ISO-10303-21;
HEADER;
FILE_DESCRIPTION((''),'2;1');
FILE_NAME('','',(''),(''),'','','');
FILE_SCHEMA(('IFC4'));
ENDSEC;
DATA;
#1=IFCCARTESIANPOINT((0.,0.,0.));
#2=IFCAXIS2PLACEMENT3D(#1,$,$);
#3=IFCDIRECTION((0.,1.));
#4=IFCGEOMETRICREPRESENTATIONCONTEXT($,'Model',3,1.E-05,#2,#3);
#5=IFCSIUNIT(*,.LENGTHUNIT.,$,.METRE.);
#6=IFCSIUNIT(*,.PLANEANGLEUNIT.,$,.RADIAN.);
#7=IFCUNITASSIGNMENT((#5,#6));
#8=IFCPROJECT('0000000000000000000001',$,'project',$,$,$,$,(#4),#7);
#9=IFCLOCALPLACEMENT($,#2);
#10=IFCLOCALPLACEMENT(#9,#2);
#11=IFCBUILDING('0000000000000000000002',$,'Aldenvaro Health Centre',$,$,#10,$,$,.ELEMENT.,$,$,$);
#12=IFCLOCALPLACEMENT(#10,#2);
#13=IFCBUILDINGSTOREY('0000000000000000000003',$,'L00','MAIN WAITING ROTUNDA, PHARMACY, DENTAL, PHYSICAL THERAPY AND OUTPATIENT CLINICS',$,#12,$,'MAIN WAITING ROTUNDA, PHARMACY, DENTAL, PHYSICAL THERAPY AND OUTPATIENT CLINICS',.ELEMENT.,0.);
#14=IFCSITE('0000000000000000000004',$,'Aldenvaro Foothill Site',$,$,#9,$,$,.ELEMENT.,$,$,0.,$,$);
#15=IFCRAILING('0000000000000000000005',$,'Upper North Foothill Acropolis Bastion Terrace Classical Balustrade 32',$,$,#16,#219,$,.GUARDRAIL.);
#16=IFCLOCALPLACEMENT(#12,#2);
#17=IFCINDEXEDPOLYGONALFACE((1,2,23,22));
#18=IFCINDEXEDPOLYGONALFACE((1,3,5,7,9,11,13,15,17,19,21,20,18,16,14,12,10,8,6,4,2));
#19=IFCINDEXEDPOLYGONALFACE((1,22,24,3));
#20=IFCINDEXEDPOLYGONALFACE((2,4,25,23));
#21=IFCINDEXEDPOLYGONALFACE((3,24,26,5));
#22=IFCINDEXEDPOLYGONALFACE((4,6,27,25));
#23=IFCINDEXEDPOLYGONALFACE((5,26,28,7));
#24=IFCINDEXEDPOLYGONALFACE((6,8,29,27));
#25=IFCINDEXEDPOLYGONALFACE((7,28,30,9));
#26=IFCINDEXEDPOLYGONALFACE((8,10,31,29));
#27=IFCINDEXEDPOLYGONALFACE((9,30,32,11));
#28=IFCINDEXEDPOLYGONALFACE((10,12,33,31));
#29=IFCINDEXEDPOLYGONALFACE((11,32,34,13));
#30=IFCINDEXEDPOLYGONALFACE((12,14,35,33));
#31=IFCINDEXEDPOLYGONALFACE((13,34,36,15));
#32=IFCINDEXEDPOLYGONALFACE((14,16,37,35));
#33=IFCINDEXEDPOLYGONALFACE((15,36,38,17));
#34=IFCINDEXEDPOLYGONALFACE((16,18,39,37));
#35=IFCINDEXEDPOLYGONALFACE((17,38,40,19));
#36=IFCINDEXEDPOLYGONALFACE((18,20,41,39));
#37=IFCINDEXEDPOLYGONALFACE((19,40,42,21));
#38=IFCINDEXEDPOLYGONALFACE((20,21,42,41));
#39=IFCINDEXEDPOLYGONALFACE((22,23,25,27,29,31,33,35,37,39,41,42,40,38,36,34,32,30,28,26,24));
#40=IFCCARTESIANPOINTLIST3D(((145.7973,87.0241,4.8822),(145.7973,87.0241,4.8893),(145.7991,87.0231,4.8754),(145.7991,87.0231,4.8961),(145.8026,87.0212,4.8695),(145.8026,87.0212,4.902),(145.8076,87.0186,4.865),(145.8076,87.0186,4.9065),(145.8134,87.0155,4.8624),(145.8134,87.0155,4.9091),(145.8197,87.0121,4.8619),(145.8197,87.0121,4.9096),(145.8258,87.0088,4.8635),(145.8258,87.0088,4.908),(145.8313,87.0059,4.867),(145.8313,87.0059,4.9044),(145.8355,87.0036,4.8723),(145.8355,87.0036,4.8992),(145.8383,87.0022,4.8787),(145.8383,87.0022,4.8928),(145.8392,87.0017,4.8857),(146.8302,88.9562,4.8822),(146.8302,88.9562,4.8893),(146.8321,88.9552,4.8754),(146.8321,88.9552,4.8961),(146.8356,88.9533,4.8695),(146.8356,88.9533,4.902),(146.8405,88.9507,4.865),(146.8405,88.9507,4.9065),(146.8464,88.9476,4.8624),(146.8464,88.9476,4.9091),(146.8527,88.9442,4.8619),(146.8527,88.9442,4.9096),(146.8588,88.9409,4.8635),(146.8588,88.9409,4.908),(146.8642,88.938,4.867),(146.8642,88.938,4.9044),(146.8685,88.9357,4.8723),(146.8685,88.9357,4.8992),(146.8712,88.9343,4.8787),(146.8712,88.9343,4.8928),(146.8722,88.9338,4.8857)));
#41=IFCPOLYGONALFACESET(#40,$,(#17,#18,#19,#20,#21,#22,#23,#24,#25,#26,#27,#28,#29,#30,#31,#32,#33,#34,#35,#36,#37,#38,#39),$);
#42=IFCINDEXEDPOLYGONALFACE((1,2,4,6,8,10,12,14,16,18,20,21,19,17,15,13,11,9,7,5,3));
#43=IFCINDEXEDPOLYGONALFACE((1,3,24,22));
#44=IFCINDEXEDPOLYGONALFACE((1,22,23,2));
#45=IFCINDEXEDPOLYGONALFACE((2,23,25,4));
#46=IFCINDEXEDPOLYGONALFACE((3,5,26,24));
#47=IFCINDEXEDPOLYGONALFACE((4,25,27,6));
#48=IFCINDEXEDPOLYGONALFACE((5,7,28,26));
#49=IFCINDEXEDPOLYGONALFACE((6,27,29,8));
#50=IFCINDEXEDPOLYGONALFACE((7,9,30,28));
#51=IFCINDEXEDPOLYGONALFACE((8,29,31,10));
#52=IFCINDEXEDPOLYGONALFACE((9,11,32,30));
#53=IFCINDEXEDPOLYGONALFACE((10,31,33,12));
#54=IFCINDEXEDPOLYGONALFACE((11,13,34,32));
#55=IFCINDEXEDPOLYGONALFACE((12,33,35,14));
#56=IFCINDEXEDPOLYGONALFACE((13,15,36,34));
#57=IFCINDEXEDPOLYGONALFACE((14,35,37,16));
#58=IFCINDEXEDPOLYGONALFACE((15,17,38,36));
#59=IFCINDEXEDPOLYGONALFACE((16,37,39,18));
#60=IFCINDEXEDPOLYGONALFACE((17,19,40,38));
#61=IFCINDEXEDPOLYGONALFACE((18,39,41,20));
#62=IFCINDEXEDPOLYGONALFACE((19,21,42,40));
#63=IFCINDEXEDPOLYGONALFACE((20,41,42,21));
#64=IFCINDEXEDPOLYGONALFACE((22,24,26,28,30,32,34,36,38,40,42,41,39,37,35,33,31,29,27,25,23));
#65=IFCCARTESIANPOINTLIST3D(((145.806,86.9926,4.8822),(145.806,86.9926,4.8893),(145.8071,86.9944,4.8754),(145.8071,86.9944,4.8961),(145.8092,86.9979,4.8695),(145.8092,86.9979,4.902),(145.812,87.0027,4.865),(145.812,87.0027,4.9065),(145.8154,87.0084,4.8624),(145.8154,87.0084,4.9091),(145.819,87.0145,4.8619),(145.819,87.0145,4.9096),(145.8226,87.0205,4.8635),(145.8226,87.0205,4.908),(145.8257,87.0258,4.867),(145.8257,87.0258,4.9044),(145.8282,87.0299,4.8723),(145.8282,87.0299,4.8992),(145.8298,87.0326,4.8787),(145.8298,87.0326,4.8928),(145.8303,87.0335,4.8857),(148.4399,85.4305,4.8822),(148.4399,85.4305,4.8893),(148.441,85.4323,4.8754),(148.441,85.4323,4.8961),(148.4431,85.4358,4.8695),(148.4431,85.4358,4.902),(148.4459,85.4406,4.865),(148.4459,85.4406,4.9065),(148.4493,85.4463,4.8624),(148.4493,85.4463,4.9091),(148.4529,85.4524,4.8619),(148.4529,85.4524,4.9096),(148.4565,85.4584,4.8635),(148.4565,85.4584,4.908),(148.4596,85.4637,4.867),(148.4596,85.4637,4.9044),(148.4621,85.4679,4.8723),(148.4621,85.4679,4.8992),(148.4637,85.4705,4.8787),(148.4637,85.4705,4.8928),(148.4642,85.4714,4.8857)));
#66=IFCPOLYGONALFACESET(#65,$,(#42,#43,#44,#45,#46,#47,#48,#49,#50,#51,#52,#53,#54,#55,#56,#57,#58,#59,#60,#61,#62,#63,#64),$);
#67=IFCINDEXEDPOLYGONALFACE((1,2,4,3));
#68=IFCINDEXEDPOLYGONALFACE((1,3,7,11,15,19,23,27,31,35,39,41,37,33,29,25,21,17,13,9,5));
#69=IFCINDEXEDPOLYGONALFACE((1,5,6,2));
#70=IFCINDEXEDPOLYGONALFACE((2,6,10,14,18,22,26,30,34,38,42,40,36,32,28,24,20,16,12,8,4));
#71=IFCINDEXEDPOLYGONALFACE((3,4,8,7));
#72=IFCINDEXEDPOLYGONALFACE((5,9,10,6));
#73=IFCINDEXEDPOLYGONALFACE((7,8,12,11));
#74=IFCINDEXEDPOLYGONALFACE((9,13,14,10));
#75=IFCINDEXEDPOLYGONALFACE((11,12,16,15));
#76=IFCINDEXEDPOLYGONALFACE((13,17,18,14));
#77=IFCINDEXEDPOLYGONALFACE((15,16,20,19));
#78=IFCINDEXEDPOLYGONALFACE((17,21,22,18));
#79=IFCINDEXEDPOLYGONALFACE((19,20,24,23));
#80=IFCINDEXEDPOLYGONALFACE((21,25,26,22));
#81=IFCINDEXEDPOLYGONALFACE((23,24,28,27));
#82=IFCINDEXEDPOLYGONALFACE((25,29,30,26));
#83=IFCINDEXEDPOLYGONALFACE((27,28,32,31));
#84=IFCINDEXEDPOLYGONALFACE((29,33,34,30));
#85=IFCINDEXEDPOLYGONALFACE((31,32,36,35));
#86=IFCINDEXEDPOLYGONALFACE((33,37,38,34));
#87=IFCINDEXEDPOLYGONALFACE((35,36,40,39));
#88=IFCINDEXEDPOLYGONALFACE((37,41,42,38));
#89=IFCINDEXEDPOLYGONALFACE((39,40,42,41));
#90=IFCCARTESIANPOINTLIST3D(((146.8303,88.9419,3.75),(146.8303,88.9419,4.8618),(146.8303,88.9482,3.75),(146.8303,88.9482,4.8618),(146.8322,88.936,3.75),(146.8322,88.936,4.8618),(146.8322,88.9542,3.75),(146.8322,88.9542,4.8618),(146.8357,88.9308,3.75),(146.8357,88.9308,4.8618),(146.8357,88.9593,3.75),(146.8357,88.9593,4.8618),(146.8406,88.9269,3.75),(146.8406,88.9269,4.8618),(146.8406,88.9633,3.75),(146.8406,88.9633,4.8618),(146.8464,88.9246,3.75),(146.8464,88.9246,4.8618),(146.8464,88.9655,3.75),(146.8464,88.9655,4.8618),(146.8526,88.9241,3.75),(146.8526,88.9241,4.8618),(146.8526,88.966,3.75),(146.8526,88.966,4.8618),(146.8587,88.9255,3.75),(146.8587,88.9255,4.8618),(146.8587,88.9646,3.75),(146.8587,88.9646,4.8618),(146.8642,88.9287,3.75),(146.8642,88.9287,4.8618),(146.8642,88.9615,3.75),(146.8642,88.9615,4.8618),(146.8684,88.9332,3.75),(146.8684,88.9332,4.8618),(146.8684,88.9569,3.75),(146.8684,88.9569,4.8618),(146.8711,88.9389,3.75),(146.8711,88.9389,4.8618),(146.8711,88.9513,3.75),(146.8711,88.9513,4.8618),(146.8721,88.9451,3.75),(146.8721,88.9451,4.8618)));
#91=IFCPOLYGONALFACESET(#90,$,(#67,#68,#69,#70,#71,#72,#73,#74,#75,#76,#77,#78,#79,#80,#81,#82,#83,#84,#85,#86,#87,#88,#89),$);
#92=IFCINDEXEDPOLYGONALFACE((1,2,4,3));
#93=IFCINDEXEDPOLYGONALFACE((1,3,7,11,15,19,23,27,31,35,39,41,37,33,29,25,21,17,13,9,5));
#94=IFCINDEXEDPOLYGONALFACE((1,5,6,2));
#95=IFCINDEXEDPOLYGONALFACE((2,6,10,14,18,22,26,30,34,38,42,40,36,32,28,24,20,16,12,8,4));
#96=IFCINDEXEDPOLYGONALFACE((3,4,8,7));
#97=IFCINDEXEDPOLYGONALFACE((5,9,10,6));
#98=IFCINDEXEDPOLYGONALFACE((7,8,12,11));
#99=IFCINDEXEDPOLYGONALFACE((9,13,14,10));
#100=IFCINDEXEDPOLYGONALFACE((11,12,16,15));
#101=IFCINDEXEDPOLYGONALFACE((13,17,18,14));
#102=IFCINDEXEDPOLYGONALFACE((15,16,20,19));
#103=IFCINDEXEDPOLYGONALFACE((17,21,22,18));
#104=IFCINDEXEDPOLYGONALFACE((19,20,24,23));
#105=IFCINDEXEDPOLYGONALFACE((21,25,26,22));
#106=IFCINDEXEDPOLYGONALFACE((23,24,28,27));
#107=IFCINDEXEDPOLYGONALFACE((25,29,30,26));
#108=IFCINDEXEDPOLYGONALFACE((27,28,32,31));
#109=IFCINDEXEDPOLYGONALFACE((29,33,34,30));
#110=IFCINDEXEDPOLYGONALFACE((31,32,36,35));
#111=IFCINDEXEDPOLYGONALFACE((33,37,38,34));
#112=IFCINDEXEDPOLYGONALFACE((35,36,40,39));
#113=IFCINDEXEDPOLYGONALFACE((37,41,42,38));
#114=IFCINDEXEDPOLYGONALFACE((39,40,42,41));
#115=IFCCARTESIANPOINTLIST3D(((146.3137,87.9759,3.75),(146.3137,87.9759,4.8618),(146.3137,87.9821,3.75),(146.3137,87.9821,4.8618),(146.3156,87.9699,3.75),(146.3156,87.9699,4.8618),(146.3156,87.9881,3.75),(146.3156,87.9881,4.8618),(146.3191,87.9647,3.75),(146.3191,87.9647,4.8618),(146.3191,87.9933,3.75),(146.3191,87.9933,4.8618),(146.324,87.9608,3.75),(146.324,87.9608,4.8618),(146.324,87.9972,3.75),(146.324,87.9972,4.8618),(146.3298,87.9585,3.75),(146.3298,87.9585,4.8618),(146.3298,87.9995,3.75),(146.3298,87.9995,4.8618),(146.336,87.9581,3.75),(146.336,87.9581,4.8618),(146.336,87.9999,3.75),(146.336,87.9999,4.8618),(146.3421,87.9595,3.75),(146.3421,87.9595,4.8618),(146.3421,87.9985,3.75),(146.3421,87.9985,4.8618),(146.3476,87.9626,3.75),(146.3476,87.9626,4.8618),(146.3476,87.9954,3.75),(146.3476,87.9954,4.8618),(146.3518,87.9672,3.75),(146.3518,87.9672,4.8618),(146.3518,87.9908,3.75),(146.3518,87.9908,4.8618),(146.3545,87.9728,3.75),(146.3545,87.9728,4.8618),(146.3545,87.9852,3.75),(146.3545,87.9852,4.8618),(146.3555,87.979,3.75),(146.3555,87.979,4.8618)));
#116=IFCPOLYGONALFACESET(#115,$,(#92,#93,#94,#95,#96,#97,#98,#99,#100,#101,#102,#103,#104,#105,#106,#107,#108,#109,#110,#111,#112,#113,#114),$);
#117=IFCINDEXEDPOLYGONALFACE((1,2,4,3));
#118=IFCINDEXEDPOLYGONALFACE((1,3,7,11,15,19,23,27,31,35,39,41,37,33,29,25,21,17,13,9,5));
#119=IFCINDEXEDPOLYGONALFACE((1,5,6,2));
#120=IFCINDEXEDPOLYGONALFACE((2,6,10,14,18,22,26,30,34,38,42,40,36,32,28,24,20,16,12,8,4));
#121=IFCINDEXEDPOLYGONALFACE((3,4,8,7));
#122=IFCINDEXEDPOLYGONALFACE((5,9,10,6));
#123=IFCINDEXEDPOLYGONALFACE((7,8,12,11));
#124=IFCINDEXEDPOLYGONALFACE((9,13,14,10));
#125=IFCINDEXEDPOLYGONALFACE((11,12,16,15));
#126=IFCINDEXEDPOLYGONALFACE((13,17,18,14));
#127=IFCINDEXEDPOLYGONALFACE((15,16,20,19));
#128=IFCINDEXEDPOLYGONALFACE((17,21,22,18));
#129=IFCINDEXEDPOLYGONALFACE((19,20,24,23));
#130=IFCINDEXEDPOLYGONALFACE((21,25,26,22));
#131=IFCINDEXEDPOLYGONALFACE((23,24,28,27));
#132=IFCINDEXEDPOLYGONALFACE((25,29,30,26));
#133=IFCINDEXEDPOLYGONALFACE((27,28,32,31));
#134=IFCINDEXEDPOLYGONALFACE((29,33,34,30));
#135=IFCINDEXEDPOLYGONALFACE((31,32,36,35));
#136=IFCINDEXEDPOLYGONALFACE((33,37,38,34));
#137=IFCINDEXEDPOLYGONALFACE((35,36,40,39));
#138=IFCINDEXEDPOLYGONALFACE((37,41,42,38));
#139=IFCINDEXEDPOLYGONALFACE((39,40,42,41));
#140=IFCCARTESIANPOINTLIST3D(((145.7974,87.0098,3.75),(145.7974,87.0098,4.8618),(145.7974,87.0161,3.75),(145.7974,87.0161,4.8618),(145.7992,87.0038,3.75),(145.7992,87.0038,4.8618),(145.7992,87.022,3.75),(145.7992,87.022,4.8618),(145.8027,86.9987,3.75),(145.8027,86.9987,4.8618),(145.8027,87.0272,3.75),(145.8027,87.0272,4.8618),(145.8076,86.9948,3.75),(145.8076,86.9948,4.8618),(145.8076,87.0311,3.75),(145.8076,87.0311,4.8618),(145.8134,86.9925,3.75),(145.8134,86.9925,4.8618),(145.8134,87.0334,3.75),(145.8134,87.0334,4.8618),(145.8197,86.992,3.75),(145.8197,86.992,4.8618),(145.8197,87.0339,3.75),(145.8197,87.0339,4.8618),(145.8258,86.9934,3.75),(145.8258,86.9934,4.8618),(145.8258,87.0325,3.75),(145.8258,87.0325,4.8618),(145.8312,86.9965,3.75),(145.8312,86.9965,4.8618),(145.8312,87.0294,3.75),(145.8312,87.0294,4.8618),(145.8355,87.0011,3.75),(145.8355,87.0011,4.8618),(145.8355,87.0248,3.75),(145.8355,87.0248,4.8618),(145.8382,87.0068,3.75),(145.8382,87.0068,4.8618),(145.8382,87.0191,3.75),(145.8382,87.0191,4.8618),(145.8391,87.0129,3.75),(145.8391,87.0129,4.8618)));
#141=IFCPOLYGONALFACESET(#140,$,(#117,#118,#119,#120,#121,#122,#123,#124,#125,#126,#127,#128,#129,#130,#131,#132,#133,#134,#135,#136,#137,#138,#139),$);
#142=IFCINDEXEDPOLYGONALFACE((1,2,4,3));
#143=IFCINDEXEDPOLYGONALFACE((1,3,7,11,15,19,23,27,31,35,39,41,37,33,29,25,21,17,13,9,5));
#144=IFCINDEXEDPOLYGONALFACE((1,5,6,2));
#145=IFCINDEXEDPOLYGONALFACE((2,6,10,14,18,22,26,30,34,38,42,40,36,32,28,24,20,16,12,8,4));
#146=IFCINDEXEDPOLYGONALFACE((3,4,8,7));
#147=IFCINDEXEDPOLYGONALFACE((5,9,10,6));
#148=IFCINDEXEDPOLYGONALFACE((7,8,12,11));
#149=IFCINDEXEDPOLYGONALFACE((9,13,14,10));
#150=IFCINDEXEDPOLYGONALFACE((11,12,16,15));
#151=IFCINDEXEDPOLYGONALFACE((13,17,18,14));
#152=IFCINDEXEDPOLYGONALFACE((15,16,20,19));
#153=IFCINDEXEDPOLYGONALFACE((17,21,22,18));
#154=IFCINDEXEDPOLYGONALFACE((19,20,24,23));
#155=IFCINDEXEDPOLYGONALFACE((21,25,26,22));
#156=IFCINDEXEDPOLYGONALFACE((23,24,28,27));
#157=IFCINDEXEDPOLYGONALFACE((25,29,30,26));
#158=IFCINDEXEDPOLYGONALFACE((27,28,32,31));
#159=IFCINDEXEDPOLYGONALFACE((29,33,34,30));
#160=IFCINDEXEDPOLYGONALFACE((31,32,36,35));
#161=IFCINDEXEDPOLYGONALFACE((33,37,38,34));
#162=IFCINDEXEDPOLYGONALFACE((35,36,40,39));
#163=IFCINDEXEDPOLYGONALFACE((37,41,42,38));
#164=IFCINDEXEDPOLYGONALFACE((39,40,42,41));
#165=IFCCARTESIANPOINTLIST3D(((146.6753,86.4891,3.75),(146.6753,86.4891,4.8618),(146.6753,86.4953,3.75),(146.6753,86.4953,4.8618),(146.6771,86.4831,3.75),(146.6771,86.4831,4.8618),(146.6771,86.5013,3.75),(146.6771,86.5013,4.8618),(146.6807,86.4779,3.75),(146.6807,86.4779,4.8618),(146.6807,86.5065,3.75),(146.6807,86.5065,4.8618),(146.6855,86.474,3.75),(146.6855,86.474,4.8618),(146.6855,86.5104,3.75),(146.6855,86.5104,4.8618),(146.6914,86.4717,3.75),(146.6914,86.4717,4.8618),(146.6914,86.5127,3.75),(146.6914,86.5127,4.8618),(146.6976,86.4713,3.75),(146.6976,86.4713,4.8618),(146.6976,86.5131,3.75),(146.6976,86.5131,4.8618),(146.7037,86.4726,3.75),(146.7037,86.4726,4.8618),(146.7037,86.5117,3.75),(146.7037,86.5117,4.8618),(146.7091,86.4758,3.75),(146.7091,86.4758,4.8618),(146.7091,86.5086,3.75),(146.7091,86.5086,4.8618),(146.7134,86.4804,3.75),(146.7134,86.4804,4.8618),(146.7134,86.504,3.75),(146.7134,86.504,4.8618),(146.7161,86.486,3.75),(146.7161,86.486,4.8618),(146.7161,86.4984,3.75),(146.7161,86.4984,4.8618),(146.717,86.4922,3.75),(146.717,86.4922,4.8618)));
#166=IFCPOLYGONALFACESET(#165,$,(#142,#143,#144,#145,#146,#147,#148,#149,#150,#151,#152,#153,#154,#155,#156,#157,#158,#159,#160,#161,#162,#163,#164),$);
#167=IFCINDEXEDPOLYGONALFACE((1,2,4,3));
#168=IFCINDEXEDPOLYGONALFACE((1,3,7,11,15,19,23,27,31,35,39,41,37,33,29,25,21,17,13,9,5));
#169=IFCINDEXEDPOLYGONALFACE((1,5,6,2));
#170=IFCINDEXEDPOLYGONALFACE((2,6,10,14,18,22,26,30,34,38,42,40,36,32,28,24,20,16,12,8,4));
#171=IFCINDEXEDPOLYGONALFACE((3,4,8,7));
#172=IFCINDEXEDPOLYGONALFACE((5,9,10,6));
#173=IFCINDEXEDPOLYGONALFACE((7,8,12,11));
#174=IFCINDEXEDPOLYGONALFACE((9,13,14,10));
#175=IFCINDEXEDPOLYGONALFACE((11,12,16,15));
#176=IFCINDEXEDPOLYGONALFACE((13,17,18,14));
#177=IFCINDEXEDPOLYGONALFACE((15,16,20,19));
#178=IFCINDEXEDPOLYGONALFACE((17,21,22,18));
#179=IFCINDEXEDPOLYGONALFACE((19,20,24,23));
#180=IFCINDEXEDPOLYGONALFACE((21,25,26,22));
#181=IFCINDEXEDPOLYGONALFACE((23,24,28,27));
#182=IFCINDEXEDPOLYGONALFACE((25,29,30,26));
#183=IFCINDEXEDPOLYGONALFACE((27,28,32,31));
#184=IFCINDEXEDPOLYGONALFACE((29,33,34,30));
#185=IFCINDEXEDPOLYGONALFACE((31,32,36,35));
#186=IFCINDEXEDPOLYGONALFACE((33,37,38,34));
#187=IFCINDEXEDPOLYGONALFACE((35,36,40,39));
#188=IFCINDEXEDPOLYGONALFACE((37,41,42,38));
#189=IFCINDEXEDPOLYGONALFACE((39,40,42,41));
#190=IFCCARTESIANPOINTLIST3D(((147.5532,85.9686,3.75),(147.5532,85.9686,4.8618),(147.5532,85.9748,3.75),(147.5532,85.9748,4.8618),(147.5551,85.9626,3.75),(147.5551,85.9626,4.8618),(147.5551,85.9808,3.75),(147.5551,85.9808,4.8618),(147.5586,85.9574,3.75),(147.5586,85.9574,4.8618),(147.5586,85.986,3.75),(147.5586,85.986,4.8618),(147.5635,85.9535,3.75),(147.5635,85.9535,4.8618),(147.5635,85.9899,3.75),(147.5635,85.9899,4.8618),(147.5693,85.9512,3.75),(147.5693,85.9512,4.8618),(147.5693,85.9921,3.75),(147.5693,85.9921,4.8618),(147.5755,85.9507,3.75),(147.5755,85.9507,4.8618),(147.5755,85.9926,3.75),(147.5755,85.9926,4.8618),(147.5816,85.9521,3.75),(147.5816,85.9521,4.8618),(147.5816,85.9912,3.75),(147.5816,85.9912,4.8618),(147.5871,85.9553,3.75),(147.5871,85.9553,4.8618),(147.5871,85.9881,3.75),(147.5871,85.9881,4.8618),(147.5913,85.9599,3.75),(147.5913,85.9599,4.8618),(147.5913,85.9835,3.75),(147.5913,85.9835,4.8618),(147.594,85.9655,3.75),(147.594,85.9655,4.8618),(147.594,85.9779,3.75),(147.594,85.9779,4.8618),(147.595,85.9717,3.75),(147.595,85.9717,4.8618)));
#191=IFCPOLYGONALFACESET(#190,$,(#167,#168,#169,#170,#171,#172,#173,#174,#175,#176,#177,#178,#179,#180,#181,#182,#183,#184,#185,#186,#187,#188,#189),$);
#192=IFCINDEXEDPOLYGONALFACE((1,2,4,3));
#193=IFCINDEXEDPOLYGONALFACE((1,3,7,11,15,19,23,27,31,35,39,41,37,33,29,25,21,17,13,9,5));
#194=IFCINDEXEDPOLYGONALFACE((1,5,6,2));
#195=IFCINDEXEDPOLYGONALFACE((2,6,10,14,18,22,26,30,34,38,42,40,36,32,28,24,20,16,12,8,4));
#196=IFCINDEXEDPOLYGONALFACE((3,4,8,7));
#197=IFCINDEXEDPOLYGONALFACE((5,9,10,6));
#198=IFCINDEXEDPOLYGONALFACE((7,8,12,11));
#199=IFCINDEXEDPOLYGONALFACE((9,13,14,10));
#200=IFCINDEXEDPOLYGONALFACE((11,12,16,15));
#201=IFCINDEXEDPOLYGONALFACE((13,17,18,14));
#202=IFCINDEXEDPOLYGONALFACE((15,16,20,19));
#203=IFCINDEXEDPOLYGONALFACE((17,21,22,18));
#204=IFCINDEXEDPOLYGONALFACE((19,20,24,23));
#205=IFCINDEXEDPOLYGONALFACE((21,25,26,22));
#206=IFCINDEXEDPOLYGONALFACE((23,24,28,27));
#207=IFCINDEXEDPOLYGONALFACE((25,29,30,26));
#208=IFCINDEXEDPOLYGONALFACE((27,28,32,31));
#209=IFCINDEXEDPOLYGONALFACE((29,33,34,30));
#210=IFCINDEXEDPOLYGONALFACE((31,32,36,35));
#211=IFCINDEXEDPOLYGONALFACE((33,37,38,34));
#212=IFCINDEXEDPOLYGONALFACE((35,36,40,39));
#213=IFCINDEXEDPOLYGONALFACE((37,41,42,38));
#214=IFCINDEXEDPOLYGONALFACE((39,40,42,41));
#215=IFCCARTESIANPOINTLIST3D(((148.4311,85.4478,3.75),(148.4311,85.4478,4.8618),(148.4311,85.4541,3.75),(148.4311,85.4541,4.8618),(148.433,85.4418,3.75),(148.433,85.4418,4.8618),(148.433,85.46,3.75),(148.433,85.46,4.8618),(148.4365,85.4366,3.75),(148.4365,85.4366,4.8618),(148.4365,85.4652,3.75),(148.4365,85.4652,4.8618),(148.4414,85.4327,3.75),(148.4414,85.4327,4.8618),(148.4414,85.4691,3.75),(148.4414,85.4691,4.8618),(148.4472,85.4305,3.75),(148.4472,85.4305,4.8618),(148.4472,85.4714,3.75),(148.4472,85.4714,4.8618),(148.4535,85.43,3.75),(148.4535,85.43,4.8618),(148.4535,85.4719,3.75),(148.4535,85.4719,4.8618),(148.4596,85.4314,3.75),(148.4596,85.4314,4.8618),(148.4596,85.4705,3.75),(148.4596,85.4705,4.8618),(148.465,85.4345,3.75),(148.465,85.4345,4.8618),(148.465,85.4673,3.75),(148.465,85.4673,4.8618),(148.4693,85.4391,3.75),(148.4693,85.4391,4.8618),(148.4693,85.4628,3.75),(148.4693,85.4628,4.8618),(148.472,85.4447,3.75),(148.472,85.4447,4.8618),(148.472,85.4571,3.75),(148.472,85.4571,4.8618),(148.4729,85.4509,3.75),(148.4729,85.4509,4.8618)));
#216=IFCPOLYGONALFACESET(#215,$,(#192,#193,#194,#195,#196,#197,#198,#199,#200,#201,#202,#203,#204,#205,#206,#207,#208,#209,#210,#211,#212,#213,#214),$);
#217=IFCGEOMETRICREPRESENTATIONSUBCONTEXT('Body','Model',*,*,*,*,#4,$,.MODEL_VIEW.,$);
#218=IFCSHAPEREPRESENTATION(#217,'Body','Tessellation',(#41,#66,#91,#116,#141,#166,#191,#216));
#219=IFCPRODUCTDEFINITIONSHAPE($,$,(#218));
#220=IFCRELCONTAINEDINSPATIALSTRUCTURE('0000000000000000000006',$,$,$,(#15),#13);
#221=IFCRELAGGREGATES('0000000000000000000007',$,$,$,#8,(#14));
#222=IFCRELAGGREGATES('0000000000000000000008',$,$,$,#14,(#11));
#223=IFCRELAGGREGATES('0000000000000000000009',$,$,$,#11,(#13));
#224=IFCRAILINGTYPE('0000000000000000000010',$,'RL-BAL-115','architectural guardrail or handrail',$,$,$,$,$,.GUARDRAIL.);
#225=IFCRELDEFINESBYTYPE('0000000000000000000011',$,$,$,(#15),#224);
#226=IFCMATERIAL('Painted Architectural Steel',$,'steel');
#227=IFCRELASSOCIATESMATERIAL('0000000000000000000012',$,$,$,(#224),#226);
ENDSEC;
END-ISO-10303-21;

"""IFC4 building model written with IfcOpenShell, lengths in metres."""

from ifc_helpers import new_model, si_unit, direction, frame, origin, origin_2d, place, context, subcontext, project, spatial, circle, extrude, material, type_object, element, save


model = new_model("IFC4")

# Units and contexts
model_context = context("Model", 3, precision=1e-05, world=origin(), true_north=direction((0.0, 1.0)))
body_context = subcontext(model_context, "Body", "Model", "MODEL_VIEW")
ifc_project = project(units=[si_unit("LENGTHUNIT", "METRE"), si_unit("PLANEANGLEUNIT", "RADIAN")], contexts=[model_context])

# Site, building, storey
site_placement = place(None, origin())
site = spatial("IfcSite", under=ifc_project, at=site_placement, Name="Aldenvaro Foothill Site", CompositionType="ELEMENT", RefElevation=0.0)
building_placement = place(site_placement, origin())
building = spatial("IfcBuilding", under=site, at=building_placement, Name="Aldenvaro Health Centre", CompositionType="ELEMENT")
storey_placement = place(building_placement, origin())
storey = spatial("IfcBuildingStorey", under=building, at=storey_placement, Name="L00", Description="MAIN WAITING ROTUNDA, PHARMACY, DENTAL, PHYSICAL THERAPY AND OUTPATIENT CLINICS", LongName="MAIN WAITING ROTUNDA, PHARMACY, DENTAL, PHYSICAL THERAPY AND OUTPATIENT CLINICS", CompositionType="ELEMENT", Elevation=0.0)

# Railing
ifc_material_1 = material(Name="Painted Architectural Steel", Category="steel")
railing_type_1 = type_object("IfcRailingType", Name="RL-BAL-115", Description="architectural guardrail or handrail", PredefinedType="GUARDRAIL", material=ifc_material_1)
railing_1_placement = place(storey_placement, frame((146.8511, 88.9451, 3.75)))
element("IfcRailing", 1, at=railing_1_placement, inside=storey, type_object=railing_type_1, Name="Upper North Foothill Acropolis Bastion Terrace Classical Balustrade 32", PredefinedType="GUARDRAIL", context=body_context, shape_type="SweptSolid", body=[
    extrude(circle(Radius=0.0239, at=origin_2d()), frame((0.0, 0.0, 1.1357), z_axis=(-0.471473, -0.881881, 0.0), x_axis=(0.881881, -0.471473, 0.0)), (0.0, 0.0, 1.0), 2.1909),
    extrude(circle(Radius=0.0239, at=origin_2d()), frame((-1.033, -1.9321, 1.1357), z_axis=(0.860113, -0.510104, 0.0), x_axis=(0.510104, 0.860113, 0.0)), (0.0, 0.0, 1.0), 3.0623),
    extrude(circle(Radius=0.021, at=origin_2d()), origin(), (0.0, 0.0, 1.0), 1.1118),
    extrude(circle(Radius=0.021, at=origin_2d()), frame((-0.5166, -0.9661, 0.0)), (0.0, 0.0, 1.0), 1.1118),
    extrude(circle(Radius=0.021, at=origin_2d()), frame((-1.033, -1.9321, 0.0)), (0.0, 0.0, 1.0), 1.1118),
    extrude(circle(Radius=0.021, at=origin_2d()), frame((-0.155, -2.4529, 0.0)), (0.0, 0.0, 1.0), 1.1118),
    extrude(circle(Radius=0.021, at=origin_2d()), frame((0.7229, -2.9734, 0.0)), (0.0, 0.0, 1.0), 1.1118),
    extrude(circle(Radius=0.021, at=origin_2d()), frame((1.6008, -3.4941, 0.0)), (0.0, 0.0, 1.0), 1.1118),
])

save(model, "model.ifc")
